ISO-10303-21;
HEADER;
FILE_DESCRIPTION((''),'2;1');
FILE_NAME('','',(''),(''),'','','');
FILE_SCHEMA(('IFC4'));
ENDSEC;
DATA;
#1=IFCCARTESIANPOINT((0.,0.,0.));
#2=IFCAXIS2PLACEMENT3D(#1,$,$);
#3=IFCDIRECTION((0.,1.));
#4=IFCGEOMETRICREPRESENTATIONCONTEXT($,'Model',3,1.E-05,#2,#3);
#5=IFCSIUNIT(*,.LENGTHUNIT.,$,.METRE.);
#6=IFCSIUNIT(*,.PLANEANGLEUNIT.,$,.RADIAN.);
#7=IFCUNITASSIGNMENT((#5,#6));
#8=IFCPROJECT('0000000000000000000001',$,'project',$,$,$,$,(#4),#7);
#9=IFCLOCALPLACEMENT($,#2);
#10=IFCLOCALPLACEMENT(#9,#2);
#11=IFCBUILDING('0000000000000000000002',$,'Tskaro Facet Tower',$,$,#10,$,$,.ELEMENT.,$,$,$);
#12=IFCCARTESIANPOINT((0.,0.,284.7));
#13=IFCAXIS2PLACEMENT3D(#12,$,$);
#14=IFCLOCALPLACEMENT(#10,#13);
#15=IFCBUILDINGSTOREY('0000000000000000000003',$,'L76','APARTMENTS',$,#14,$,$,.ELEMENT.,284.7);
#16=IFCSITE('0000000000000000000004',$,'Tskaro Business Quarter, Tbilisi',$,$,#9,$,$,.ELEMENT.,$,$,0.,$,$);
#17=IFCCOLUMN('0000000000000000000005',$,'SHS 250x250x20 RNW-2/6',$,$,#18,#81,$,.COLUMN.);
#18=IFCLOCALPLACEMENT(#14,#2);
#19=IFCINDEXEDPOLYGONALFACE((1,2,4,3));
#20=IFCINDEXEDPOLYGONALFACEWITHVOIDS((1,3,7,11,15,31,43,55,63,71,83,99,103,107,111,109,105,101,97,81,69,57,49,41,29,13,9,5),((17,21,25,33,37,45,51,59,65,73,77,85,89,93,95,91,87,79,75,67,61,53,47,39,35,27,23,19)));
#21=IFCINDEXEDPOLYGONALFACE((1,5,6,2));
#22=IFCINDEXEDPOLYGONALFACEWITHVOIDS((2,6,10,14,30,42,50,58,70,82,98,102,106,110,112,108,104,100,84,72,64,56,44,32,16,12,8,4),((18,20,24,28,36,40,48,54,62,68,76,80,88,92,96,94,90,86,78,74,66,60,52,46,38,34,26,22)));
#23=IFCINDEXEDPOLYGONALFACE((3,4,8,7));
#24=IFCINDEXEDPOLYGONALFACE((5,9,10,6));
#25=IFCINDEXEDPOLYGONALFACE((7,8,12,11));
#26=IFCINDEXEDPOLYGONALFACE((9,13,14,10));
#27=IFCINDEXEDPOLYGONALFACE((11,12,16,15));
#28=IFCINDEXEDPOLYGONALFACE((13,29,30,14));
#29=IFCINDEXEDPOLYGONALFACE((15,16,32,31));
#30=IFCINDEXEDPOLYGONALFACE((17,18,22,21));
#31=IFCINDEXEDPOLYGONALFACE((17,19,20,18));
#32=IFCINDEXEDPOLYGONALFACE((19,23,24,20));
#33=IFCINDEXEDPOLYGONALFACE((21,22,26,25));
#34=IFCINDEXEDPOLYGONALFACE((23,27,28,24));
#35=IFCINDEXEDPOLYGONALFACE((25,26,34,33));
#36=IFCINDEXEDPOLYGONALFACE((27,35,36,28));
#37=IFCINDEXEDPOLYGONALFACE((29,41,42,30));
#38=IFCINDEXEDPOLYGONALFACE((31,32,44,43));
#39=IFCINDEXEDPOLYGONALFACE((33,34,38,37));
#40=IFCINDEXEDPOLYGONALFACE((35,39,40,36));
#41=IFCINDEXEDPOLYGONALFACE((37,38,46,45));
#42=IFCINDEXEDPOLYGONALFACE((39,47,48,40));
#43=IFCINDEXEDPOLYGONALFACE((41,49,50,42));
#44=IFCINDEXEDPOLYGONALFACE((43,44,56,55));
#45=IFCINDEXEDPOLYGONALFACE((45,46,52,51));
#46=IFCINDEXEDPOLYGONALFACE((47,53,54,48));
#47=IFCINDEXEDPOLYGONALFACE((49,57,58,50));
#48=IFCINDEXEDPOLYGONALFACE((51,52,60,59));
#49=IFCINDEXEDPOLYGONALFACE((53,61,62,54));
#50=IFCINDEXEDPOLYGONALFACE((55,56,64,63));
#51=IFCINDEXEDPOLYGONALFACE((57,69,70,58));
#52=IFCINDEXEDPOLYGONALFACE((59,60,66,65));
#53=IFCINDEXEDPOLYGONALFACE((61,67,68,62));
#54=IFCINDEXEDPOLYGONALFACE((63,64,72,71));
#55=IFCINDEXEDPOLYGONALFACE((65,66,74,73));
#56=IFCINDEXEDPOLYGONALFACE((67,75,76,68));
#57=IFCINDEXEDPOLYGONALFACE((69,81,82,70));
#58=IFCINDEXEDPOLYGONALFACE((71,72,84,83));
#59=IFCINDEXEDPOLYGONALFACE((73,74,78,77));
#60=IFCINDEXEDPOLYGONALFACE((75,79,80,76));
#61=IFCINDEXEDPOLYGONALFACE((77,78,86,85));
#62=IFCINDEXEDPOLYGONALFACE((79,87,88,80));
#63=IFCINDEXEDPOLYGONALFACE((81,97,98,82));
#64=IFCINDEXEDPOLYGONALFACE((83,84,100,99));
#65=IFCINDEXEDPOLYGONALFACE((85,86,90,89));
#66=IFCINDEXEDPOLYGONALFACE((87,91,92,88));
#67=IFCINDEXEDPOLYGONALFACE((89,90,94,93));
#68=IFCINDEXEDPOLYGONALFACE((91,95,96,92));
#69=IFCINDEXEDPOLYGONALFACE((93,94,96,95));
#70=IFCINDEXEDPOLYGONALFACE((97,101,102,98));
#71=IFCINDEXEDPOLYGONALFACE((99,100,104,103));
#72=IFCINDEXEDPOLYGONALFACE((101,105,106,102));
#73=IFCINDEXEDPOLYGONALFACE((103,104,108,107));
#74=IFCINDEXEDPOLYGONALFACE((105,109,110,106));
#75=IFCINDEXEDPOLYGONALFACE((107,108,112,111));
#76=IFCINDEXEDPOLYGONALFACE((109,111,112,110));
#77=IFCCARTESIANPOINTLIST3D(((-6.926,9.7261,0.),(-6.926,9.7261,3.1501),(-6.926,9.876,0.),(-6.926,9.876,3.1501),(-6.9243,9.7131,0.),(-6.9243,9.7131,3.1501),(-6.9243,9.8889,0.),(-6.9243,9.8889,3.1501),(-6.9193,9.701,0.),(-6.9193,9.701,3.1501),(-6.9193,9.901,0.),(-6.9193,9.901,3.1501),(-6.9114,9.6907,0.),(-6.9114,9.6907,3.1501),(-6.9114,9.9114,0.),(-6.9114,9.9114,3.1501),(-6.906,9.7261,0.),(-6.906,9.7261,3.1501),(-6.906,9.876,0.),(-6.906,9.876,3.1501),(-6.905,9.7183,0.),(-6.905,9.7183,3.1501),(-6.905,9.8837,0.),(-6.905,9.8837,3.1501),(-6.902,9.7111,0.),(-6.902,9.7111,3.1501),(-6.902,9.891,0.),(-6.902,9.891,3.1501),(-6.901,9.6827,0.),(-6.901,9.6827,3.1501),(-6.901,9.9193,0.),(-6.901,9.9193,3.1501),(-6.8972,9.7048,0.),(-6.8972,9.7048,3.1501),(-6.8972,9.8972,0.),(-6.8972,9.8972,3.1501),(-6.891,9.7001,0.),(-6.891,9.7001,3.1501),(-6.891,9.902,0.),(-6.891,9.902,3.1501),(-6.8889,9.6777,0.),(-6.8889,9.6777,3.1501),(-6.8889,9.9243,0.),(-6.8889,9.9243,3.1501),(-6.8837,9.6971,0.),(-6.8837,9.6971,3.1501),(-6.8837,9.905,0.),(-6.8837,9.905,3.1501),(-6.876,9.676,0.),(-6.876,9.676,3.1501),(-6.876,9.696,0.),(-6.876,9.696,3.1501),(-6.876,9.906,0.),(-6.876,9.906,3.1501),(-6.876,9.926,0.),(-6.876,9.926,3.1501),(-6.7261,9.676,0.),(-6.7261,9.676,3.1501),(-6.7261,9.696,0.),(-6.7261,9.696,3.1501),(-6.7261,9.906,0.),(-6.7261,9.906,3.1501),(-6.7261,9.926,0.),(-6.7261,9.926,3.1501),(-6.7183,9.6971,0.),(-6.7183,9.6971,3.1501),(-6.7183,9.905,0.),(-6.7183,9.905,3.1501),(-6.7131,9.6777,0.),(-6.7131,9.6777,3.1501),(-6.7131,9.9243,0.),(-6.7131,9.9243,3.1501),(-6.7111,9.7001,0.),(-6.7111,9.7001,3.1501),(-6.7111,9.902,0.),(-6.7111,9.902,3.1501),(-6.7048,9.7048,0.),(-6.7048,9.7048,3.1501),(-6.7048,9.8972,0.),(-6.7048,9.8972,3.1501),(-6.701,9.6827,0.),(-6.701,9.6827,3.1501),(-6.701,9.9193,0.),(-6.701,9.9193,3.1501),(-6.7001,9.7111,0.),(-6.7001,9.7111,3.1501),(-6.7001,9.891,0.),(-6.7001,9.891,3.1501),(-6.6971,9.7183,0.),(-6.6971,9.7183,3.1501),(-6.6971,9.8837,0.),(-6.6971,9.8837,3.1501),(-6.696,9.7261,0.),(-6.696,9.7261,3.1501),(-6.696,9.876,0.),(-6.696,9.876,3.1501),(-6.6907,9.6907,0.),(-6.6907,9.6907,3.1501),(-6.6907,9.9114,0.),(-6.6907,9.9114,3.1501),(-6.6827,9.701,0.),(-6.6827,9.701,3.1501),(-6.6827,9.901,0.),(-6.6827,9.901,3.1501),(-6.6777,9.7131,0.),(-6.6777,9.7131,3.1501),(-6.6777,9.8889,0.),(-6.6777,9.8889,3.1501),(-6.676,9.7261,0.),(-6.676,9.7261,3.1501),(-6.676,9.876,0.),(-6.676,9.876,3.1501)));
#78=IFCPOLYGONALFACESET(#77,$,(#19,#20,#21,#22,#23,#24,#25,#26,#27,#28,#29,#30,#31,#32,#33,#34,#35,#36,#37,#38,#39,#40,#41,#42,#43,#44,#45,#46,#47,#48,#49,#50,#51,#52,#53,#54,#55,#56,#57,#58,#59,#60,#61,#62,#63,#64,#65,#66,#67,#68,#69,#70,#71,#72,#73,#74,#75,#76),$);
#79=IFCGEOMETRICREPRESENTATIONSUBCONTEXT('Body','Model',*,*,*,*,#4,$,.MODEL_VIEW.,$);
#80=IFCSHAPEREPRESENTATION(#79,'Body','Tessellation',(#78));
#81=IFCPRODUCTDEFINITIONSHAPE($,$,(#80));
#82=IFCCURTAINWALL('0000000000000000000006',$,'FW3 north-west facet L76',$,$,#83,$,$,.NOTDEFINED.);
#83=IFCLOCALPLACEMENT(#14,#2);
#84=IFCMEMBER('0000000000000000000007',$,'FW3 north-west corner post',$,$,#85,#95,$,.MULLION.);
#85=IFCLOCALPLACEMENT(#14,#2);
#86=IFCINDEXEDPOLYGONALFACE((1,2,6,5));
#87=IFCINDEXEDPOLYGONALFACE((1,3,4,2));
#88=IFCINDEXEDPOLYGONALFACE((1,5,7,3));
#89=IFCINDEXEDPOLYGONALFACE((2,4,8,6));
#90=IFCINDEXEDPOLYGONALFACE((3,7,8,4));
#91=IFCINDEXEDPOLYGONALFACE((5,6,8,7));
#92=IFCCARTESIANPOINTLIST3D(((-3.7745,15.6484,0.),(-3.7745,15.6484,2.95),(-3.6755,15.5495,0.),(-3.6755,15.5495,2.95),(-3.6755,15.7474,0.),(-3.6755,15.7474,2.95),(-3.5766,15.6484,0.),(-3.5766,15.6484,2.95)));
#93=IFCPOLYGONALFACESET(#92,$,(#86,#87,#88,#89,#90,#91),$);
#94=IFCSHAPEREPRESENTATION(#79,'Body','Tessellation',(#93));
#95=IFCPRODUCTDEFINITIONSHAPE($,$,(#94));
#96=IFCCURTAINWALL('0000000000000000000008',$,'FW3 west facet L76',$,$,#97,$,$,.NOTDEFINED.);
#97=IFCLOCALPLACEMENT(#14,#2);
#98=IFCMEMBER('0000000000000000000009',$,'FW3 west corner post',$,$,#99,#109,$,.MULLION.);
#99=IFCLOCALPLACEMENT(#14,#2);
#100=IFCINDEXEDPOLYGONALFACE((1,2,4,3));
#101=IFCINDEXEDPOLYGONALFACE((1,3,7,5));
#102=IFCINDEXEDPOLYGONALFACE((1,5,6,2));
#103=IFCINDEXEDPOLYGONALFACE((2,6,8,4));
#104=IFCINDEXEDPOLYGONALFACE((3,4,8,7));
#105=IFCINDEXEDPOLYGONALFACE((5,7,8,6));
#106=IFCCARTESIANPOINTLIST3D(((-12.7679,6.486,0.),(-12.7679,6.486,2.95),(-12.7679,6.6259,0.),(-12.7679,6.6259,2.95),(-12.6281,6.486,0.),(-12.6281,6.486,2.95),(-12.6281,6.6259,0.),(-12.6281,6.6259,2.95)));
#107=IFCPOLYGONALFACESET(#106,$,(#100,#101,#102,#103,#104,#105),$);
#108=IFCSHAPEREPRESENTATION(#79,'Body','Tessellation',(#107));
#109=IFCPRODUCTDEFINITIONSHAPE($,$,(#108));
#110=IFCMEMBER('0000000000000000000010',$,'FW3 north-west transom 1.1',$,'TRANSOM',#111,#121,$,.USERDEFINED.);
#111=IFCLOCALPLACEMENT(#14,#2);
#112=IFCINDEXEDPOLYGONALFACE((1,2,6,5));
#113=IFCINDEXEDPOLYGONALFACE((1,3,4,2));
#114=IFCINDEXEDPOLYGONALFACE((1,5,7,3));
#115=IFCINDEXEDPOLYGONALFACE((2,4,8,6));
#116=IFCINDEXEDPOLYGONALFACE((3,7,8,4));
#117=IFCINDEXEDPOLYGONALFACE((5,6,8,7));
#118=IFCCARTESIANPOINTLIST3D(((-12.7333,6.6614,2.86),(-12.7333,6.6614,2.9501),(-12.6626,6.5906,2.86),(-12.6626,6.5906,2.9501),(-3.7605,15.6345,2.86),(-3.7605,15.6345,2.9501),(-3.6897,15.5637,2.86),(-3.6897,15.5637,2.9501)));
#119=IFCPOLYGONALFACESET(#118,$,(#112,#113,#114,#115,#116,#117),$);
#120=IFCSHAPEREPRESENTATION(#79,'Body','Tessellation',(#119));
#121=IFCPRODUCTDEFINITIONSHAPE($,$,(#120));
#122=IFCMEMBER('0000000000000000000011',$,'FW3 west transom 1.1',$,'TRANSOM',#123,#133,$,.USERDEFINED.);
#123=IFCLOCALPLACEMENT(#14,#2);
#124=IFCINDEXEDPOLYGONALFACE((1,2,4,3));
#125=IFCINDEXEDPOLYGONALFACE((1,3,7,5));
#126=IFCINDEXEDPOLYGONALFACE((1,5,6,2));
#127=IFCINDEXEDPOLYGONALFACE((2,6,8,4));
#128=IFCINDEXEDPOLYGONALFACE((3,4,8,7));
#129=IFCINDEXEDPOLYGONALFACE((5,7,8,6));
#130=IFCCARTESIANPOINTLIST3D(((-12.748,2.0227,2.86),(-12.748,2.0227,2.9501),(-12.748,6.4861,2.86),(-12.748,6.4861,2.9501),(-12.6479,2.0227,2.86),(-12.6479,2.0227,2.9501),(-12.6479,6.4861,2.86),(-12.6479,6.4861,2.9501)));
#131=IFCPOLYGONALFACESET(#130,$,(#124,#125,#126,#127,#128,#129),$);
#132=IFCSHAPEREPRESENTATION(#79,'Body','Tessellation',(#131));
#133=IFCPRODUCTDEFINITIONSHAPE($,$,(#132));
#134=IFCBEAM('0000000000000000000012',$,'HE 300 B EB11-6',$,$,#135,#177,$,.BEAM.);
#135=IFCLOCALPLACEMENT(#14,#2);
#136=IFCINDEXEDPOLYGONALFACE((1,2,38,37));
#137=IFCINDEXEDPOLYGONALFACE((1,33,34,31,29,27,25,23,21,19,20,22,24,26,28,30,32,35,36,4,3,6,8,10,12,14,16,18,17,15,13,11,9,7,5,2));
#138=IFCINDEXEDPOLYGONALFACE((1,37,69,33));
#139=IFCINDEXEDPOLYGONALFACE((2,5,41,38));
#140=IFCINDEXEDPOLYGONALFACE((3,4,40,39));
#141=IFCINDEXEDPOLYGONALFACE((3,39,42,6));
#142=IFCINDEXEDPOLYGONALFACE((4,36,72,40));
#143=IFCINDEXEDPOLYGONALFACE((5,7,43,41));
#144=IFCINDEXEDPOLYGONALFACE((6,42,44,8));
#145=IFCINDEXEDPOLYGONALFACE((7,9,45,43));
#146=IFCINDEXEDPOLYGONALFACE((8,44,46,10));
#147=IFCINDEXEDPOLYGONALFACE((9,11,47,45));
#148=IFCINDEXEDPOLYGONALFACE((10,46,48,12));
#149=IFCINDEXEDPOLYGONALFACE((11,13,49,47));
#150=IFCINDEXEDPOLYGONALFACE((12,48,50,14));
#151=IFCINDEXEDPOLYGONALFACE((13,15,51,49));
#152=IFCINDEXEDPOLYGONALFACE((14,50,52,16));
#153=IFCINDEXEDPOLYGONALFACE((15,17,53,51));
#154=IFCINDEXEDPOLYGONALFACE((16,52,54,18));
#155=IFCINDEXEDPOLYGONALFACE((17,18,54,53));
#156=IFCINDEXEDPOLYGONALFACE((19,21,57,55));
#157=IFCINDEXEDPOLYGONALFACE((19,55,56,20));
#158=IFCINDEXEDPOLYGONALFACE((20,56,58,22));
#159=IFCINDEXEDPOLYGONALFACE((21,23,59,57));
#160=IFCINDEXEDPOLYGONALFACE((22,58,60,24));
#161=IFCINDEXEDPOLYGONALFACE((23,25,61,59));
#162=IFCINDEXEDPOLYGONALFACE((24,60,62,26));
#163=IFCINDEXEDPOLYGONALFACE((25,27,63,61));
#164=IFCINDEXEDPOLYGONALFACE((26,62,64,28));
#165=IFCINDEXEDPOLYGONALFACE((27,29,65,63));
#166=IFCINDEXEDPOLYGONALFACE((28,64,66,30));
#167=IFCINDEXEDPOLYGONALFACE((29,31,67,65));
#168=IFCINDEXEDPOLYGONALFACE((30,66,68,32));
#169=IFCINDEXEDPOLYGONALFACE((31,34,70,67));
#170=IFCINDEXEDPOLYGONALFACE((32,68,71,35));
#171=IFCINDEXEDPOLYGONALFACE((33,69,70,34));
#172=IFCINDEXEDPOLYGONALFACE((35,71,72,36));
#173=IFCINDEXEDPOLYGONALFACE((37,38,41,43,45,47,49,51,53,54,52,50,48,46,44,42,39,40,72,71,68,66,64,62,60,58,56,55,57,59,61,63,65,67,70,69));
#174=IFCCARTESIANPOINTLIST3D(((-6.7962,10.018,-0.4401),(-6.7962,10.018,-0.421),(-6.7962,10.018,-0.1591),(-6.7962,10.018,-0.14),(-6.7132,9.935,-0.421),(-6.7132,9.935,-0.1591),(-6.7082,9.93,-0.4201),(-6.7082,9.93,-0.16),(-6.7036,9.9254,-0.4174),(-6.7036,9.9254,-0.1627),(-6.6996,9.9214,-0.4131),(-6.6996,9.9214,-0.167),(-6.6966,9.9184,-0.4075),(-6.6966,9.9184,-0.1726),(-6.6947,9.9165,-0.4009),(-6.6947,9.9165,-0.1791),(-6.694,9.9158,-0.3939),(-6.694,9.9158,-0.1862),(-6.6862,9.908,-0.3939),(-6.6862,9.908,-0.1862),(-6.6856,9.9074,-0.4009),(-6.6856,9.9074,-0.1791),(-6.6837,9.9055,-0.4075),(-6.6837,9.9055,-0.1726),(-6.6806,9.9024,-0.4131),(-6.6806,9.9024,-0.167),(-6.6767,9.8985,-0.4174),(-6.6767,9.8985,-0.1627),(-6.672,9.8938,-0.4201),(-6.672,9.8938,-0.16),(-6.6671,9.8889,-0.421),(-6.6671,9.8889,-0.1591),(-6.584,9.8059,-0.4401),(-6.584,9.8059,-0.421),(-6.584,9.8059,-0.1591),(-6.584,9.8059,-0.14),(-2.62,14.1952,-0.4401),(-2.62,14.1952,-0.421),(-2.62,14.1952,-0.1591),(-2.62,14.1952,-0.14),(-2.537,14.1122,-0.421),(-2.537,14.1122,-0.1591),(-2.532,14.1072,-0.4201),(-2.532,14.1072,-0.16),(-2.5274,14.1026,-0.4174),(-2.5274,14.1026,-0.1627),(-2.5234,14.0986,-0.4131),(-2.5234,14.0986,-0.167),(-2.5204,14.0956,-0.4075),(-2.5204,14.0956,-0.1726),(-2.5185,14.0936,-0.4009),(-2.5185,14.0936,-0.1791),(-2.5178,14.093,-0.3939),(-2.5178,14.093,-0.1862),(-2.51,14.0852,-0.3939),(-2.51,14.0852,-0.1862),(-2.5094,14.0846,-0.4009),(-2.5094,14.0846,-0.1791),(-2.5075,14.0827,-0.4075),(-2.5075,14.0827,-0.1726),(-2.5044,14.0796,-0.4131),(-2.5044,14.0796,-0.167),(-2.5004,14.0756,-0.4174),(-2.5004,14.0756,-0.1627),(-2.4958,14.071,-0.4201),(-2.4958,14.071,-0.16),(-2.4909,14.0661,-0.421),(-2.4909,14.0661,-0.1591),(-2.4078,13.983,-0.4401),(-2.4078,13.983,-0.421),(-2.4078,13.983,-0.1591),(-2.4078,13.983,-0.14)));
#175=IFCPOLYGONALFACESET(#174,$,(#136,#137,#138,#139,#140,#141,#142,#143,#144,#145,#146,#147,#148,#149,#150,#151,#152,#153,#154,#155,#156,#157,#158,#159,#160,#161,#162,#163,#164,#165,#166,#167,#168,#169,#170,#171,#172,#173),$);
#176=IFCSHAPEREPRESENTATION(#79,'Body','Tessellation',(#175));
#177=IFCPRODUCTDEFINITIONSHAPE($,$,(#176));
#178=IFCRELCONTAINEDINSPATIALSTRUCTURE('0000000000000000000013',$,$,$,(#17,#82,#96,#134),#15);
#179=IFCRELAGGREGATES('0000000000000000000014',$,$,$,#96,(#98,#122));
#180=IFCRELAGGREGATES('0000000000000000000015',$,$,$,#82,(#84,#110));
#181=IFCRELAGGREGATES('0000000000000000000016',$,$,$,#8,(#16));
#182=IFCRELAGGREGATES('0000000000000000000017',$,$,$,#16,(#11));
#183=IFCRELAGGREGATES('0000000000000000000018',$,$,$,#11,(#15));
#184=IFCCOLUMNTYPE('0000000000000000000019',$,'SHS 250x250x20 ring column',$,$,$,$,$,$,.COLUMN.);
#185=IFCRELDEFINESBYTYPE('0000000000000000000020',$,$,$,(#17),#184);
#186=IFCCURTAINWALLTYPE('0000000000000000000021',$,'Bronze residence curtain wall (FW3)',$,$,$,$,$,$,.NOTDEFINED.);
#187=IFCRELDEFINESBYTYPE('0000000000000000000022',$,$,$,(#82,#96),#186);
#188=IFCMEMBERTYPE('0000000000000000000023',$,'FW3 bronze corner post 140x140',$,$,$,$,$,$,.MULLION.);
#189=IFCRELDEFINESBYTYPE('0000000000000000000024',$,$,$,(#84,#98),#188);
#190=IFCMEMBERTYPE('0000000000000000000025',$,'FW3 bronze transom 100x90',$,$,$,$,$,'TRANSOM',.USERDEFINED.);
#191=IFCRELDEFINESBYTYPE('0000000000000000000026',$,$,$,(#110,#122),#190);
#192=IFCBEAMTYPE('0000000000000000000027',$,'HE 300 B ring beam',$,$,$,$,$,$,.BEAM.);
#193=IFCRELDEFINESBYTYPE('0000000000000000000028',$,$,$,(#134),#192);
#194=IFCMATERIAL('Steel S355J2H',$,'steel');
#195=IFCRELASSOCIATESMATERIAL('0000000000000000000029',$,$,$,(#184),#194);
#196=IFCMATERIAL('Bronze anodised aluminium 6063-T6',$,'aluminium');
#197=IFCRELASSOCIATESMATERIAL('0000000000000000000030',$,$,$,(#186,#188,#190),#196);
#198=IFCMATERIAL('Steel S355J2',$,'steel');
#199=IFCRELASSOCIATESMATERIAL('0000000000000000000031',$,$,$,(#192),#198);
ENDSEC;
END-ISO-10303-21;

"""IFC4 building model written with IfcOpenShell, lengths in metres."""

from ifc_helpers import new_model, si_unit, direction, frame, origin, origin_2d, place, context, subcontext, project, spatial, rectangle, hollow_rectangle, i_section, extrude, material, material_profile, profile_set, type_object, element, aggregate, save


model = new_model("IFC4")

# Units and contexts
model_context = context("Model", 3, precision=1e-05, world=origin(), true_north=direction((0.0, 1.0)))
body_context = subcontext(model_context, "Body", "Model", "MODEL_VIEW")
ifc_project = project(units=[si_unit("LENGTHUNIT", "METRE"), si_unit("PLANEANGLEUNIT", "RADIAN")], contexts=[model_context])

# Site, building, storey
site_placement = place(None, origin())
site = spatial("IfcSite", under=ifc_project, at=site_placement, Name="Tskaro Business Quarter, Tbilisi", CompositionType="ELEMENT", RefElevation=0.0)
building_placement = place(site_placement, origin())
building = spatial("IfcBuilding", under=site, at=building_placement, Name="Tskaro Facet Tower", CompositionType="ELEMENT")
storey_placement = place(building_placement, frame((0.0, 0.0, 284.7)))
storey = spatial("IfcBuildingStorey", under=building, at=storey_placement, Name="L76", Description="APARTMENTS", CompositionType="ELEMENT", Elevation=284.7)

# Column
ifc_material_1 = material(Name="Steel S355J2", Category="steel")
ifc_material_2 = material(Name="Steel S355J2H", Category="steel")
ifc_material_profile_1 = material_profile(ifc_material_2, hollow_rectangle(XDim=0.25, YDim=0.25, WallThickness=0.02, InnerFilletRadius=0.03, OuterFilletRadius=0.05, at=origin_2d()), Name="SHS 250x250x20")
ifc_profile_set_1 = profile_set([ifc_material_profile_1], Name="Steel S355J2H")
column_type_1 = type_object("IfcColumnType", Name="SHS 250x250x20 ring column", PredefinedType="COLUMN", material=ifc_profile_set_1)
for number, where, z_axis, x_axis, name in (
    (1, (-6.801, 9.801, 0.0), (0.0, 0.0, 1.0), (1.0, 0.0, 0.0), "SHS 250x250x20 RNW-2/6"),
):
    element("IfcColumn", number, at=place(storey_placement, frame(where, z_axis=z_axis, x_axis=x_axis)), inside=storey, type_object=column_type_1, Name=name, PredefinedType="COLUMN", context=body_context, shape_type="SweptSolid", body=[
        extrude(hollow_rectangle(XDim=0.25, YDim=0.25, WallThickness=0.02, InnerFilletRadius=0.03, OuterFilletRadius=0.05, at=origin_2d()), origin(), (0.0, 0.0, 1.0), 3.1501),
    ])

# Curtain walls, members
ifc_material_3 = material(Name="Bronze anodised aluminium 6063-T6", Category="aluminium")
curtain_wall_type = type_object("IfcCurtainWallType", Name="Bronze residence curtain wall (FW3)", PredefinedType="NOTDEFINED", material=ifc_material_3)
curtain_wall_1_placement = place(storey_placement, origin())
curtain_wall_1 = element("IfcCurtainWall", 2, at=curtain_wall_1_placement, inside=storey, type_object=curtain_wall_type, Name="FW3 north-west facet L76", PredefinedType="NOTDEFINED")
ifc_material_profile_2 = material_profile(ifc_material_3, rectangle(XDim=0.1399, YDim=0.1399, at=origin_2d()), Name="Corner post 140x140")
ifc_profile_set_2 = profile_set([ifc_material_profile_2], Name="Bronze anodised aluminium 6063-T6")
member_type_1 = type_object("IfcMemberType", Name="FW3 bronze corner post 140x140", PredefinedType="MULLION", material=ifc_profile_set_2)
member_1_placement = place(storey_placement, frame((-3.6755, 15.6484, 0.0), z_axis=(0.0, 0.0, 1.0), x_axis=(-0.707107, -0.707107, 0.0)))
member_1 = element("IfcMember", 3, at=member_1_placement, type_object=member_type_1, Name="FW3 north-west corner post", PredefinedType="MULLION", context=body_context, shape_type="SweptSolid", body=[
    extrude(rectangle(XDim=0.1399, YDim=0.1399, at=origin_2d()), origin(), (0.0, 0.0, 1.0), 2.95),
])
curtain_wall_2_placement = place(storey_placement, origin())
curtain_wall_2 = element("IfcCurtainWall", 4, at=curtain_wall_2_placement, inside=storey, type_object=curtain_wall_type, Name="FW3 west facet L76", PredefinedType="NOTDEFINED")
member_2_placement = place(storey_placement, frame((-12.698, 6.5559, 0.0), z_axis=(0.0, 0.0, 1.0), x_axis=(0.0, -1.0, 0.0)))
member_2 = element("IfcMember", 5, at=member_2_placement, type_object=member_type_1, Name="FW3 west corner post", PredefinedType="MULLION", context=body_context, shape_type="SweptSolid", body=[
    extrude(rectangle(XDim=0.1399, YDim=0.1399, at=origin_2d()), origin(), (0.0, 0.0, 1.0), 2.95),
])

# Members
ifc_material_profile_3 = material_profile(ifc_material_3, rectangle(XDim=0.1001, YDim=0.0901, at=origin_2d()), Name="Transom 100x90")
ifc_profile_set_3 = profile_set([ifc_material_profile_3], Name="Bronze anodised aluminium 6063-T6")
member_type_2 = type_object("IfcMemberType", Name="FW3 bronze transom 100x90", ElementType="TRANSOM", PredefinedType="USERDEFINED", material=ifc_profile_set_3)
member_3_placement = place(storey_placement, frame((-3.7251, 15.5991, 2.905), z_axis=(-0.707097, -0.707116, 0.0), x_axis=(0.707116, -0.707097, 0.0)))
member_3 = element("IfcMember", 6, at=member_3_placement, type_object=member_type_2, Name="FW3 north-west transom 1.1", ObjectType="TRANSOM", PredefinedType="USERDEFINED", context=body_context, shape_type="SweptSolid", body=[
    extrude(rectangle(XDim=0.1001, YDim=0.0901, at=origin_2d()), origin(), (0.0, 0.0, 1.0), 12.6897),
])
member_4_placement = place(storey_placement, frame((-12.698, 6.4861, 2.905), z_axis=(0.0, -1.0, 0.0), x_axis=(1.0, 0.0, 0.0)))
member_4 = element("IfcMember", 7, at=member_4_placement, type_object=member_type_2, Name="FW3 west transom 1.1", ObjectType="TRANSOM", PredefinedType="USERDEFINED", context=body_context, shape_type="SweptSolid", body=[
    extrude(rectangle(XDim=0.1001, YDim=0.0901, at=origin_2d()), origin(), (0.0, 0.0, 1.0), 4.4634),
])
aggregate(curtain_wall_2, [member_2, member_4])

# Beam
ifc_material_profile_4 = material_profile(ifc_material_1, i_section(OverallWidth=0.3, OverallDepth=0.3, WebThickness=0.011, FlangeThickness=0.019, FilletRadius=0.0271, at=origin_2d()), Name="HE 300 B")
ifc_profile_set_4 = profile_set([ifc_material_profile_4], Name="Steel S355J2")
beam_type_1 = type_object("IfcBeamType", Name="HE 300 B ring beam", PredefinedType="BEAM", material=ifc_profile_set_4)
for number, where, z_axis, x_axis, name in (
    (8, (-2.5139, 14.0891, -0.29), (-0.707024, -0.707189, 0.0), (0.707189, -0.707024, 0.0), "HE 300 B EB11-6"),
):
    element("IfcBeam", number, at=place(storey_placement, frame(where, z_axis=z_axis, x_axis=x_axis)), inside=storey, type_object=beam_type_1, Name=name, PredefinedType="BEAM", context=body_context, shape_type="SweptSolid", body=[
        extrude(i_section(OverallWidth=0.3, OverallDepth=0.3, WebThickness=0.011, FlangeThickness=0.019, FilletRadius=0.0271, at=origin_2d()), origin(), (0.0, 0.0, 1.0), 5.9067),
    ])

aggregate(curtain_wall_1, [member_1, member_3])

save(model, "model.ifc")
